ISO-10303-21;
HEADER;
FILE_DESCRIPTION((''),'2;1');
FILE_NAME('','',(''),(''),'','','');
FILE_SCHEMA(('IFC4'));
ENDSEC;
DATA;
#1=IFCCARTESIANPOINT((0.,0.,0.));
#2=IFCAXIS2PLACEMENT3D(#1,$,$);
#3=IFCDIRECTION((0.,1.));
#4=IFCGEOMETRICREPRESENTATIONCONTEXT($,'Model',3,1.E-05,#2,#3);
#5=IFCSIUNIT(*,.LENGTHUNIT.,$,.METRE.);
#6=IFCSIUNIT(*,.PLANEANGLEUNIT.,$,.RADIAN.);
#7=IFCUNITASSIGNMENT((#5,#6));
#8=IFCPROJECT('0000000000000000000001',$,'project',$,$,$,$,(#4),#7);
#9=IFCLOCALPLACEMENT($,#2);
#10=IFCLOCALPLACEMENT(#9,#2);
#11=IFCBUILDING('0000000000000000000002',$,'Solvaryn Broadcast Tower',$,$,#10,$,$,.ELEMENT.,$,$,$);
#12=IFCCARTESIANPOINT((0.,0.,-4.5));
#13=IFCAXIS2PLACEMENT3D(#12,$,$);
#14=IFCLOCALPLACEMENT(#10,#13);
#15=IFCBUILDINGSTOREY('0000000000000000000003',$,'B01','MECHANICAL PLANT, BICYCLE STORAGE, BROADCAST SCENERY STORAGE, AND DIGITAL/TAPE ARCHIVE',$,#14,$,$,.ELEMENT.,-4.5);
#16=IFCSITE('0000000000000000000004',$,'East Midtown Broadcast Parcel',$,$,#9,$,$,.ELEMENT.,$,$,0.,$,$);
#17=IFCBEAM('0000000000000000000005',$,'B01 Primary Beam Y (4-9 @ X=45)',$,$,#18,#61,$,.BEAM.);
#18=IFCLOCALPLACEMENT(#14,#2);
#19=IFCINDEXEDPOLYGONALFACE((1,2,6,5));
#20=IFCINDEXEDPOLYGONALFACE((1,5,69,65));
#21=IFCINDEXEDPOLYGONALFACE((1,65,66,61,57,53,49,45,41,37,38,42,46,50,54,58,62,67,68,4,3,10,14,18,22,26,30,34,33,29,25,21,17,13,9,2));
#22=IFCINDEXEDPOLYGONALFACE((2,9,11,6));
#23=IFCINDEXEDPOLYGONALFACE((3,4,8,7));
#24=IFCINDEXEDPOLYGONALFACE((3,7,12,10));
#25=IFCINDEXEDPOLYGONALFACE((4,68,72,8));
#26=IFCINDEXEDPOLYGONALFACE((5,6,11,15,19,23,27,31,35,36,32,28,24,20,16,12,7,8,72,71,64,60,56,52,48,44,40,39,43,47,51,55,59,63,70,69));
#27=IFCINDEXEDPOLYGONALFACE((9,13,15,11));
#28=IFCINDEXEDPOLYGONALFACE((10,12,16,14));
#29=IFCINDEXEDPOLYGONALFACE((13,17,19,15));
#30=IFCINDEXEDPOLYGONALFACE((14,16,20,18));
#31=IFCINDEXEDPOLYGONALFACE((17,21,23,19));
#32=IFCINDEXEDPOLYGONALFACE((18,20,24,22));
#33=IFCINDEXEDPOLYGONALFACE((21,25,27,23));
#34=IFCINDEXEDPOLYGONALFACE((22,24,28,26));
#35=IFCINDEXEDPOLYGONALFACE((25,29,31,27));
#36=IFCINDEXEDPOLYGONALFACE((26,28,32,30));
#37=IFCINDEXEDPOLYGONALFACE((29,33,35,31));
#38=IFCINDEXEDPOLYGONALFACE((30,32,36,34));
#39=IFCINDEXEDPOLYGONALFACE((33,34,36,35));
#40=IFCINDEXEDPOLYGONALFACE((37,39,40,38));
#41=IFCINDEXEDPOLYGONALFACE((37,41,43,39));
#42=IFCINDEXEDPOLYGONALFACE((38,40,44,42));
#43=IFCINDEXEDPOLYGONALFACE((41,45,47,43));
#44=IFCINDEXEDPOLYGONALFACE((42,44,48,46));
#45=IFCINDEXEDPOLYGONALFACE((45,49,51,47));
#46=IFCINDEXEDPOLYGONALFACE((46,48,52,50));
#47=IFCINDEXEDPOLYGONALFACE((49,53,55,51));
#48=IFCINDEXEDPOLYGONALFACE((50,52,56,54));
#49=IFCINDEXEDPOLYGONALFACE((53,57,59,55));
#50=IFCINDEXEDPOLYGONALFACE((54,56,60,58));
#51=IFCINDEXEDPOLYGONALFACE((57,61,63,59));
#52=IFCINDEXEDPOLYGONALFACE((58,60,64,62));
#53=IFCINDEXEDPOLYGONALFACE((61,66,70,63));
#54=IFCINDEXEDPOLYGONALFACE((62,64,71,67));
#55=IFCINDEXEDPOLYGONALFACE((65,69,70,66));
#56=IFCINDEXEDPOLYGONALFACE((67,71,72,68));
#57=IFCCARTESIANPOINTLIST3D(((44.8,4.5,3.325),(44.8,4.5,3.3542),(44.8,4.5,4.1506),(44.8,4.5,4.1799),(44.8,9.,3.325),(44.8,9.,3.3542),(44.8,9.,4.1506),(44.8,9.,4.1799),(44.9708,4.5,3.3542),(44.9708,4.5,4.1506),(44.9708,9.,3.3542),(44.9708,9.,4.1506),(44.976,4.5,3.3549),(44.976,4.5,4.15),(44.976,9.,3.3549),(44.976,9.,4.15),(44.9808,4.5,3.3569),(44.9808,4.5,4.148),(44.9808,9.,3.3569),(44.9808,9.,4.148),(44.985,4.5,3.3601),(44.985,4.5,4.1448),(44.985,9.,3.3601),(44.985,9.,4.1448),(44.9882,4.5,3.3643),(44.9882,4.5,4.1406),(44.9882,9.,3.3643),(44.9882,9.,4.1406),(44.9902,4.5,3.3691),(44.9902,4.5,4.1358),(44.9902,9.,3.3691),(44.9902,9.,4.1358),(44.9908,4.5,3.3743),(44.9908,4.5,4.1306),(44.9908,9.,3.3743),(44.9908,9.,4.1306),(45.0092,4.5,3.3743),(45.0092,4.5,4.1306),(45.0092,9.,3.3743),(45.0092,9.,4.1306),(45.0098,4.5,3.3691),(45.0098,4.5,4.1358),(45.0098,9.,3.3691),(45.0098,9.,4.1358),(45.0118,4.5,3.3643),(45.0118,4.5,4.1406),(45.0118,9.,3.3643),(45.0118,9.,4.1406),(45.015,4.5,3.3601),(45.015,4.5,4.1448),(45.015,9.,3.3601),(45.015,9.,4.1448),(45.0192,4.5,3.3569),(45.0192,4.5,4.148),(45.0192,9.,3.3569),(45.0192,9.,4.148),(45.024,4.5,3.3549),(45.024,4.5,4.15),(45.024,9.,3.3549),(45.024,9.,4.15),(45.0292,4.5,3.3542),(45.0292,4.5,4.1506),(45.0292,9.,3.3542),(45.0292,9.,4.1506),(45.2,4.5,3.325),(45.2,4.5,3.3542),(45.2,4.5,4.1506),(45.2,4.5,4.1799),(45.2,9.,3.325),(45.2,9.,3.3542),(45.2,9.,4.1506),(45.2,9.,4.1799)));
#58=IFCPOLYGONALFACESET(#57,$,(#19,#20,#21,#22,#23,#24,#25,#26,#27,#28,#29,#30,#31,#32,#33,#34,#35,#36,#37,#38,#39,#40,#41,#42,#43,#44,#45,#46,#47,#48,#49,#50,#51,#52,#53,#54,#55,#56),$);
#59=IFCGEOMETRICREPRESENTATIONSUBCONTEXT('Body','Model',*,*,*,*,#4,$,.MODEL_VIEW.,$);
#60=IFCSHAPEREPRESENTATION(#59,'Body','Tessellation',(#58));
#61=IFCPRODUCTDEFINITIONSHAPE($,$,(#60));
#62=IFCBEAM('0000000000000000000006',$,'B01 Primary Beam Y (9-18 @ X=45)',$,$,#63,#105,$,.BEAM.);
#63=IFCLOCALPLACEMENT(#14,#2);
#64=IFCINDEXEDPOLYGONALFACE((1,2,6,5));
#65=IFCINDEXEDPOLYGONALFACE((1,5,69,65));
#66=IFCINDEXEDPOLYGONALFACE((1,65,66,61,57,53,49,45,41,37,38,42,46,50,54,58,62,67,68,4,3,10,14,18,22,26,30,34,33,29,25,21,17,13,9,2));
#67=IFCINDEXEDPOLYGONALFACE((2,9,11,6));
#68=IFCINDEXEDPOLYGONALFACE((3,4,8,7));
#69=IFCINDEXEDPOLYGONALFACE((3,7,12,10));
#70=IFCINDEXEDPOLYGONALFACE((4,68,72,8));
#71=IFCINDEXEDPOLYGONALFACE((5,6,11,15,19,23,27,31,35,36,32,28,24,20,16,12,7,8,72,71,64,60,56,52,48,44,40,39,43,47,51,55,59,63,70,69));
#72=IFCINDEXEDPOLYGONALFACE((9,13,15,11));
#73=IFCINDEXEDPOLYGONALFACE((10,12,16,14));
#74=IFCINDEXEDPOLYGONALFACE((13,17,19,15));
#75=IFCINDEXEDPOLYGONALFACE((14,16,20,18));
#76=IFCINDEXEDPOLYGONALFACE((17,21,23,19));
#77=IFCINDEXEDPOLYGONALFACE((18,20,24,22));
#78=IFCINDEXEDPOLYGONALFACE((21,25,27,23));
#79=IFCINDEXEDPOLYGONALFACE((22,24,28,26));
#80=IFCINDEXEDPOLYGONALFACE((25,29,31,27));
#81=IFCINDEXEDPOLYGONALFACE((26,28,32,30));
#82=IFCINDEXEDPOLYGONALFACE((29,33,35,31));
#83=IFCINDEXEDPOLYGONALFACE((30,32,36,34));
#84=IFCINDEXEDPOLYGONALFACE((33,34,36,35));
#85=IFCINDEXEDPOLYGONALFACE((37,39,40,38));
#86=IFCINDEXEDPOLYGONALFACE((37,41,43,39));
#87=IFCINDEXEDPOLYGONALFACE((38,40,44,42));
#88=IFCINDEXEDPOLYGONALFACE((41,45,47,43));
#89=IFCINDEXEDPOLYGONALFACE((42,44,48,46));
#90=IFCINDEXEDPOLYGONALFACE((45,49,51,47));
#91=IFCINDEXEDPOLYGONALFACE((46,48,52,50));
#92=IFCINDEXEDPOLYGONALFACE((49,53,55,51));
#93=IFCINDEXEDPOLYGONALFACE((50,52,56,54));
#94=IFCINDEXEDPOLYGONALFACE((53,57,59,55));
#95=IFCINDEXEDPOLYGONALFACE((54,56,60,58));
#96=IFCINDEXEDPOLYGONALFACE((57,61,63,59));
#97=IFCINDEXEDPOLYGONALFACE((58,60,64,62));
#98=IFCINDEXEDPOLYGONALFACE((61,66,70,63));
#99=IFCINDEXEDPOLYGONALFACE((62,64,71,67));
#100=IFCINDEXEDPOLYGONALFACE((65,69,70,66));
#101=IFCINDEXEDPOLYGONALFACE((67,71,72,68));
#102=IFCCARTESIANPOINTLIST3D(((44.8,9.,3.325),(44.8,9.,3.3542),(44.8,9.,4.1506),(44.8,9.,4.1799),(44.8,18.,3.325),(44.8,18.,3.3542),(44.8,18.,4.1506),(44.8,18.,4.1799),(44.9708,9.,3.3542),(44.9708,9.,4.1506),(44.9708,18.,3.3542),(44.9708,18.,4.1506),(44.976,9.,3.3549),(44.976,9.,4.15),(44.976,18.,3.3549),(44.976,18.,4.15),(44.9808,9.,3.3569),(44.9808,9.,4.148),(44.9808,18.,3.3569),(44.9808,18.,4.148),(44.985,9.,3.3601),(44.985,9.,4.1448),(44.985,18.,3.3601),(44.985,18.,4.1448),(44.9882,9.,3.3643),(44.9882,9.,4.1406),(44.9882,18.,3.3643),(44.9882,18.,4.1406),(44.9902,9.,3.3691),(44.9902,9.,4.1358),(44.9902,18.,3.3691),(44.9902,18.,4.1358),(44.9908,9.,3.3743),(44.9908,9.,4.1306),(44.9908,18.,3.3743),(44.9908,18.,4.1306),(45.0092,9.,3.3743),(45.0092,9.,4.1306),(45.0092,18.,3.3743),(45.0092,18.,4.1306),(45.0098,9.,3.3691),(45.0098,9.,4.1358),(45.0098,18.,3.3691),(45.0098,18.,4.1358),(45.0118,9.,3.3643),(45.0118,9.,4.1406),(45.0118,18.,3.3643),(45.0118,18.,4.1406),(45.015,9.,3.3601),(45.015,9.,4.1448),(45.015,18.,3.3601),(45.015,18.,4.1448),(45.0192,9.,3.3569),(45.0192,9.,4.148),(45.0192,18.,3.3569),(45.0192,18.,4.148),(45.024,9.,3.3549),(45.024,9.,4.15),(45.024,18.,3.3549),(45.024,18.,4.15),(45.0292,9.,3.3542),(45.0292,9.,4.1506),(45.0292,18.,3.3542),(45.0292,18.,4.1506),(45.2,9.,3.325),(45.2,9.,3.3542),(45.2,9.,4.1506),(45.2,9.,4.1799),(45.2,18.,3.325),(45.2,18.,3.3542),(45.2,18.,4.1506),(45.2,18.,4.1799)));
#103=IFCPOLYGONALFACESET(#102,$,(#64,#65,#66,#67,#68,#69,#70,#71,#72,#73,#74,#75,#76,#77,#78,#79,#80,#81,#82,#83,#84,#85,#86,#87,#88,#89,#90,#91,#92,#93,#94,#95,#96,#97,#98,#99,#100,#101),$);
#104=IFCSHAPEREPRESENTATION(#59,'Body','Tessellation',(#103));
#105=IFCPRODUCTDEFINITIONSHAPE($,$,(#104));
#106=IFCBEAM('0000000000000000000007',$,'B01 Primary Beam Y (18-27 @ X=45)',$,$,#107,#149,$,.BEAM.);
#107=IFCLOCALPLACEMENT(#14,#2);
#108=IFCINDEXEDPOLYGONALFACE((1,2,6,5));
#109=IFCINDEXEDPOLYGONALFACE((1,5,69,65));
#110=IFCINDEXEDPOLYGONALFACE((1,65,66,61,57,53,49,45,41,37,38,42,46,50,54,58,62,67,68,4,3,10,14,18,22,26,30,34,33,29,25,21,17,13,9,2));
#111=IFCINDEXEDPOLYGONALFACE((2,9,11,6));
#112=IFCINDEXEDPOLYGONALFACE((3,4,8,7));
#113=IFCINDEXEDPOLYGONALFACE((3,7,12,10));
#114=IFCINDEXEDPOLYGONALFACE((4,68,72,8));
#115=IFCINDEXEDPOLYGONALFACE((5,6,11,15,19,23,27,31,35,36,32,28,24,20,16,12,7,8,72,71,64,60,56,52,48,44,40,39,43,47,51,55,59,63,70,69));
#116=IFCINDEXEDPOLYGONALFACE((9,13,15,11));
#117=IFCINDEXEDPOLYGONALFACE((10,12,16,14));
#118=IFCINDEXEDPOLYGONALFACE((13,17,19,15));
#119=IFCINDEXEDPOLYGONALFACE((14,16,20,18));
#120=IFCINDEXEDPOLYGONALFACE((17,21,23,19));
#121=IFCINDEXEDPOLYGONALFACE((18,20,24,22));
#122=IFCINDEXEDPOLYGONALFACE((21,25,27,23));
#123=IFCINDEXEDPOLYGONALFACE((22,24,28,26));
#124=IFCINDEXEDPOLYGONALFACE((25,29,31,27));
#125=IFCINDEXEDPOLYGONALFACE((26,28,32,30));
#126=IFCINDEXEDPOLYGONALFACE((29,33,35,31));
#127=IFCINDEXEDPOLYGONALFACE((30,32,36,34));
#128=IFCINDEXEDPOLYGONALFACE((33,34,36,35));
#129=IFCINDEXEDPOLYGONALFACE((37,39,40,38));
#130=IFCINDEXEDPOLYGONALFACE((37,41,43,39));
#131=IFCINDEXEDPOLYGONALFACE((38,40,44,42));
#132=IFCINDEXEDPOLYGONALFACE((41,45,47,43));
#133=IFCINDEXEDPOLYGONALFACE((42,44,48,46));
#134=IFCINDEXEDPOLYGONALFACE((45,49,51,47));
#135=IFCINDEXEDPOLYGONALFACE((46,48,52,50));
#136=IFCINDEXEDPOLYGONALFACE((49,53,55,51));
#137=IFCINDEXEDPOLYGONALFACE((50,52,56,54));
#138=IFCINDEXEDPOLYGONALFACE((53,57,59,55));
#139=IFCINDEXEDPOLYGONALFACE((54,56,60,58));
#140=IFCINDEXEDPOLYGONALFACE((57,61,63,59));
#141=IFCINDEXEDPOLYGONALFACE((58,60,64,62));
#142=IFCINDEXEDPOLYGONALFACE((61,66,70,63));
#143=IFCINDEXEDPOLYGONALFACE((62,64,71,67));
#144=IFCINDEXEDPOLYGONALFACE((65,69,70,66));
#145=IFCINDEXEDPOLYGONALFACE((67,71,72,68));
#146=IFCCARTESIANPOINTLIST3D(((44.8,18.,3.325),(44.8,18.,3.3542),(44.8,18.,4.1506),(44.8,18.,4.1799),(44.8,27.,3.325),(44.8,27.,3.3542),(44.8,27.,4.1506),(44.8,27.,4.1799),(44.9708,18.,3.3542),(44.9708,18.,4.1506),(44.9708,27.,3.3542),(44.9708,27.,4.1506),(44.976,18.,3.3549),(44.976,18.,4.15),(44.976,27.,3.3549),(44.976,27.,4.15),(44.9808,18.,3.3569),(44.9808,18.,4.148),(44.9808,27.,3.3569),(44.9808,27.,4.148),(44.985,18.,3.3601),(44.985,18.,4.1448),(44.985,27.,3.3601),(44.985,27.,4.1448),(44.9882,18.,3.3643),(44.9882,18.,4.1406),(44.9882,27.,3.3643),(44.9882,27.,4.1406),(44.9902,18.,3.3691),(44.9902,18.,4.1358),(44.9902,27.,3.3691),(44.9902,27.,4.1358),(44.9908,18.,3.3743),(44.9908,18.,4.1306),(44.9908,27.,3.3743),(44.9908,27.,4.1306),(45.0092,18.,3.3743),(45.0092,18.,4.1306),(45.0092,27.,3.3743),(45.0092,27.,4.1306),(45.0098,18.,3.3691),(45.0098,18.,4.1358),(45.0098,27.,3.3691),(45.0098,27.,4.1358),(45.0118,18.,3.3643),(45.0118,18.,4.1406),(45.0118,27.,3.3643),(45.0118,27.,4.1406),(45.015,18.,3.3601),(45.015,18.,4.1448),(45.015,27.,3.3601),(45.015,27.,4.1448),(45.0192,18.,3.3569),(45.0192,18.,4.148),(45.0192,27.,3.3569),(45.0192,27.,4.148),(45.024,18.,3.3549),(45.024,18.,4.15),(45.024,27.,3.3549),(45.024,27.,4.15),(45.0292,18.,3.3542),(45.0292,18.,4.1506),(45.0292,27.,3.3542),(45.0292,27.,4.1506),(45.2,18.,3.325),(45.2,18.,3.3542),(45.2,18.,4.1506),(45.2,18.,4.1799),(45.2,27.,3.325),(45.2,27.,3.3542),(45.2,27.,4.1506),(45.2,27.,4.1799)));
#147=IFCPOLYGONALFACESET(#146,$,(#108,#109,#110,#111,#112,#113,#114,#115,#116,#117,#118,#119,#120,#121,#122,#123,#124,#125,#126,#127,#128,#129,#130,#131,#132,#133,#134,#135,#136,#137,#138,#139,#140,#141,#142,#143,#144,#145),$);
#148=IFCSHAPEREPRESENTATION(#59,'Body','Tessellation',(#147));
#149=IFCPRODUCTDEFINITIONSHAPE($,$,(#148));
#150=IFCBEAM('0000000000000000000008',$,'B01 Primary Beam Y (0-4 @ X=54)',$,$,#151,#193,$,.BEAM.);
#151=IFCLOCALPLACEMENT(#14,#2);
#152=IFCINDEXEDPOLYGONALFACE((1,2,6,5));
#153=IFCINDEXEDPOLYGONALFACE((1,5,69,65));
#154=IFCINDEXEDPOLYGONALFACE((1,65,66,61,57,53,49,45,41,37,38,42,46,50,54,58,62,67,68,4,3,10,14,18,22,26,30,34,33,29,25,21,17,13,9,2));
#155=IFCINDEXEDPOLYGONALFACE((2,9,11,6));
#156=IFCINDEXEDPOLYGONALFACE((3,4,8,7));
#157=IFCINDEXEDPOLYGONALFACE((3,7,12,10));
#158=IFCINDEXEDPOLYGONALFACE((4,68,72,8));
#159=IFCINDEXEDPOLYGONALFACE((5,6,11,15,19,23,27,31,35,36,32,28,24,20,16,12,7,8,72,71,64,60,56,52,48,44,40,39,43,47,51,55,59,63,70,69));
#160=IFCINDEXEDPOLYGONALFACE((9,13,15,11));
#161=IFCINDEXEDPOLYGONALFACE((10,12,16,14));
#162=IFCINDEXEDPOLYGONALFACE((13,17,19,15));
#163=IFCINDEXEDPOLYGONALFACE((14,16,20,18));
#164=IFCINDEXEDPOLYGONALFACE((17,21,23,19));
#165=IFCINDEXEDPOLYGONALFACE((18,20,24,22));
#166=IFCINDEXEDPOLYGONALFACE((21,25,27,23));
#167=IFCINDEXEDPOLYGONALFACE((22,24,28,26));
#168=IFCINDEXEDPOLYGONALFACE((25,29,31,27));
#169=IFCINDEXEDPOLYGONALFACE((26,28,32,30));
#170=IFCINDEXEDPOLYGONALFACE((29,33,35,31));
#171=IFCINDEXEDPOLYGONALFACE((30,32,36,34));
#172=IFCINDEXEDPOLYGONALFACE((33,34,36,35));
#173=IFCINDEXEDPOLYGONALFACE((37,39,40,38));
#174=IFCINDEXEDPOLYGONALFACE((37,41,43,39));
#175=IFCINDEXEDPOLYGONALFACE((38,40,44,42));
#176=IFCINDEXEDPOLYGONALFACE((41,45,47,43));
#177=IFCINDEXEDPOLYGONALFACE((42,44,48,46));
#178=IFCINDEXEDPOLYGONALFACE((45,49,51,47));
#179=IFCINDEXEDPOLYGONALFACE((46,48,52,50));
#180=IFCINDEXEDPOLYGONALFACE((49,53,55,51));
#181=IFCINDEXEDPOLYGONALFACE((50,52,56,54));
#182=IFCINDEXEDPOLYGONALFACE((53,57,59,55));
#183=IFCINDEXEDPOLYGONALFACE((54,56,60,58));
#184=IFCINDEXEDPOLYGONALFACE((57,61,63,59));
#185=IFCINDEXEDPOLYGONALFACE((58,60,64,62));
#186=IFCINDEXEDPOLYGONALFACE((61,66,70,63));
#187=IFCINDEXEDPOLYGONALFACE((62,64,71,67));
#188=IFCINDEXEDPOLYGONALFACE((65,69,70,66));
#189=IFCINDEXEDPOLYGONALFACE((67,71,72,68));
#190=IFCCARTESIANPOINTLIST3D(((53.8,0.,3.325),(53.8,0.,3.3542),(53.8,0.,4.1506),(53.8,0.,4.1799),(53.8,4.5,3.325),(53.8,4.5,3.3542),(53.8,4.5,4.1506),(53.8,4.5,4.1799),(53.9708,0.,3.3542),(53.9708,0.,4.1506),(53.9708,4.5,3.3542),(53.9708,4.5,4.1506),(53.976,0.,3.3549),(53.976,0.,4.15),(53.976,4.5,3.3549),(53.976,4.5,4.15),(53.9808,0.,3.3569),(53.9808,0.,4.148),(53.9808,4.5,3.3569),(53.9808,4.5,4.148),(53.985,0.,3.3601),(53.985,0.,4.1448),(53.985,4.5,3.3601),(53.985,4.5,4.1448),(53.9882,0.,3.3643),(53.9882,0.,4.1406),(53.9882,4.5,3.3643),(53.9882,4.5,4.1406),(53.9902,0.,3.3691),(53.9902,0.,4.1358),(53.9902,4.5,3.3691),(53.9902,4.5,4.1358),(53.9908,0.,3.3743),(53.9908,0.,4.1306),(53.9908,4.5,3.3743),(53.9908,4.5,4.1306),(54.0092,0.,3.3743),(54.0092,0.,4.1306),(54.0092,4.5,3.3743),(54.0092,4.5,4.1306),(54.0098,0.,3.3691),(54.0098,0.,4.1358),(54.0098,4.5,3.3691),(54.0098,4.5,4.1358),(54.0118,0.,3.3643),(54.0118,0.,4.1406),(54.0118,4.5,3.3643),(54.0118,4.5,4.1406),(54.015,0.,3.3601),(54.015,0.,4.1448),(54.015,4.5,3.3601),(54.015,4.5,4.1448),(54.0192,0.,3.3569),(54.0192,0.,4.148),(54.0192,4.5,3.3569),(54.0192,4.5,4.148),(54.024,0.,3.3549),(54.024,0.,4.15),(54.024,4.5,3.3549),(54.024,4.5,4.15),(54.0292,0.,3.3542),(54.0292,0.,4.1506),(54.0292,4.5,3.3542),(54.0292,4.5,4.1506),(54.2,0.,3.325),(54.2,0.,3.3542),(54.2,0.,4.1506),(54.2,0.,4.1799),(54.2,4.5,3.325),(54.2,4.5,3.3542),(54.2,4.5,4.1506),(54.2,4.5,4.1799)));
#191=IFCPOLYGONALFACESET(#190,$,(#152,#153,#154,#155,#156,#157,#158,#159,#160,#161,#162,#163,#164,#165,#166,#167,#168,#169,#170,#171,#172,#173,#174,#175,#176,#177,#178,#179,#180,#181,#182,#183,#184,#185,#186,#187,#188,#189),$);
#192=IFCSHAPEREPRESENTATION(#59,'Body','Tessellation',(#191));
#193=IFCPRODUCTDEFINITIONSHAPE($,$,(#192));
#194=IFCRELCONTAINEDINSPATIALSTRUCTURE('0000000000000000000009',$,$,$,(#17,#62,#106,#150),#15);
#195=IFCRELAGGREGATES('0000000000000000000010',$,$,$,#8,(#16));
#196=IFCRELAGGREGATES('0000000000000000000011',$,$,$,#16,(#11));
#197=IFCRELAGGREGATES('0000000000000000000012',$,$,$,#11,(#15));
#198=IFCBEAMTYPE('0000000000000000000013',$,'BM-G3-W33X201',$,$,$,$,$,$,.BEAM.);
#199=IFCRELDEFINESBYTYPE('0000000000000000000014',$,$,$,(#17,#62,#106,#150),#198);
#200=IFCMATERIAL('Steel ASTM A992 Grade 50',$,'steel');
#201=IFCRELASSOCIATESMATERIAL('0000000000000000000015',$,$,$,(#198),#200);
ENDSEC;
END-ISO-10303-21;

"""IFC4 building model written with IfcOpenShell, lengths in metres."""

from ifc_helpers import new_model, si_unit, direction, frame, origin, origin_2d, place, context, subcontext, project, spatial, i_section, extrude, material, material_profile, profile_set, type_object, element, save


model = new_model("IFC4")

# Units and contexts
model_context = context("Model", 3, precision=1e-05, world=origin(), true_north=direction((0.0, 1.0)))
body_context = subcontext(model_context, "Body", "Model", "MODEL_VIEW")
ifc_project = project(units=[si_unit("LENGTHUNIT", "METRE"), si_unit("PLANEANGLEUNIT", "RADIAN")], contexts=[model_context])

# Site, building, storey
site_placement = place(None, origin())
site = spatial("IfcSite", under=ifc_project, at=site_placement, Name="East Midtown Broadcast Parcel", CompositionType="ELEMENT", RefElevation=0.0)
building_placement = place(site_placement, origin())
building = spatial("IfcBuilding", under=site, at=building_placement, Name="Solvaryn Broadcast Tower", CompositionType="ELEMENT")
storey_placement = place(building_placement, frame((0.0, 0.0, -4.5)))
storey = spatial("IfcBuildingStorey", under=building, at=storey_placement, Name="B01", Description="MECHANICAL PLANT, BICYCLE STORAGE, BROADCAST SCENERY STORAGE, AND DIGITAL/TAPE ARCHIVE", CompositionType="ELEMENT", Elevation=-4.5)

# Beams
ifc_material_1 = material(Name="Steel ASTM A992 Grade 50", Category="steel")
ifc_material_profile_1 = material_profile(ifc_material_1, i_section(OverallWidth=0.3999, OverallDepth=0.855, WebThickness=0.0183, FlangeThickness=0.0293, FilletRadius=0.02, at=origin_2d()))
ifc_profile_set_1 = profile_set([ifc_material_profile_1], Name="Steel ASTM A992 Grade 50")
beam_type_1 = type_object("IfcBeamType", Name="BM-G3-W33X201", PredefinedType="BEAM", material=ifc_profile_set_1)
for number, where, z_axis, x_axis, name in (
    (1, (45.0, 4.5, 3.7524), (0.0, 1.0, 0.0), (-1.0, 0.0, 0.0), "B01 Primary Beam Y (4-9 @ X=45)"),
):
    element("IfcBeam", number, at=place(storey_placement, frame(where, z_axis=z_axis, x_axis=x_axis)), inside=storey, type_object=beam_type_1, Name=name, PredefinedType="BEAM", context=body_context, shape_type="SweptSolid", body=[
        extrude(i_section(OverallWidth=0.3999, OverallDepth=0.855, WebThickness=0.0183, FlangeThickness=0.0293, FilletRadius=0.02, at=origin_2d()), origin(), (0.0, 0.0, 1.0), 4.5),
    ])
for number, where, z_axis, x_axis, name in (
    (2, (45.0, 9.0, 3.7524), (0.0, 1.0, 0.0), (-1.0, 0.0, 0.0), "B01 Primary Beam Y (9-18 @ X=45)"),
    (3, (45.0, 18.0, 3.7524), (0.0, 1.0, 0.0), (-1.0, 0.0, 0.0), "B01 Primary Beam Y (18-27 @ X=45)"),
):
    element("IfcBeam", number, at=place(storey_placement, frame(where, z_axis=z_axis, x_axis=x_axis)), inside=storey, type_object=beam_type_1, Name=name, PredefinedType="BEAM", context=body_context, shape_type="SweptSolid", body=[
        extrude(i_section(OverallWidth=0.3999, OverallDepth=0.855, WebThickness=0.0183, FlangeThickness=0.0293, FilletRadius=0.02, at=origin_2d()), origin(), (0.0, 0.0, 1.0), 9.0),
    ])
for number, where, z_axis, x_axis, name in (
    (4, (54.0, 0.0, 3.7524), (0.0, 1.0, 0.0), (-1.0, 0.0, 0.0), "B01 Primary Beam Y (0-4 @ X=54)"),
):
    element("IfcBeam", number, at=place(storey_placement, frame(where, z_axis=z_axis, x_axis=x_axis)), inside=storey, type_object=beam_type_1, Name=name, PredefinedType="BEAM", context=body_context, shape_type="SweptSolid", body=[
        extrude(i_section(OverallWidth=0.3999, OverallDepth=0.855, WebThickness=0.0183, FlangeThickness=0.0293, FilletRadius=0.02, at=origin_2d()), origin(), (0.0, 0.0, 1.0), 4.5),
    ])

save(model, "model.ifc")
